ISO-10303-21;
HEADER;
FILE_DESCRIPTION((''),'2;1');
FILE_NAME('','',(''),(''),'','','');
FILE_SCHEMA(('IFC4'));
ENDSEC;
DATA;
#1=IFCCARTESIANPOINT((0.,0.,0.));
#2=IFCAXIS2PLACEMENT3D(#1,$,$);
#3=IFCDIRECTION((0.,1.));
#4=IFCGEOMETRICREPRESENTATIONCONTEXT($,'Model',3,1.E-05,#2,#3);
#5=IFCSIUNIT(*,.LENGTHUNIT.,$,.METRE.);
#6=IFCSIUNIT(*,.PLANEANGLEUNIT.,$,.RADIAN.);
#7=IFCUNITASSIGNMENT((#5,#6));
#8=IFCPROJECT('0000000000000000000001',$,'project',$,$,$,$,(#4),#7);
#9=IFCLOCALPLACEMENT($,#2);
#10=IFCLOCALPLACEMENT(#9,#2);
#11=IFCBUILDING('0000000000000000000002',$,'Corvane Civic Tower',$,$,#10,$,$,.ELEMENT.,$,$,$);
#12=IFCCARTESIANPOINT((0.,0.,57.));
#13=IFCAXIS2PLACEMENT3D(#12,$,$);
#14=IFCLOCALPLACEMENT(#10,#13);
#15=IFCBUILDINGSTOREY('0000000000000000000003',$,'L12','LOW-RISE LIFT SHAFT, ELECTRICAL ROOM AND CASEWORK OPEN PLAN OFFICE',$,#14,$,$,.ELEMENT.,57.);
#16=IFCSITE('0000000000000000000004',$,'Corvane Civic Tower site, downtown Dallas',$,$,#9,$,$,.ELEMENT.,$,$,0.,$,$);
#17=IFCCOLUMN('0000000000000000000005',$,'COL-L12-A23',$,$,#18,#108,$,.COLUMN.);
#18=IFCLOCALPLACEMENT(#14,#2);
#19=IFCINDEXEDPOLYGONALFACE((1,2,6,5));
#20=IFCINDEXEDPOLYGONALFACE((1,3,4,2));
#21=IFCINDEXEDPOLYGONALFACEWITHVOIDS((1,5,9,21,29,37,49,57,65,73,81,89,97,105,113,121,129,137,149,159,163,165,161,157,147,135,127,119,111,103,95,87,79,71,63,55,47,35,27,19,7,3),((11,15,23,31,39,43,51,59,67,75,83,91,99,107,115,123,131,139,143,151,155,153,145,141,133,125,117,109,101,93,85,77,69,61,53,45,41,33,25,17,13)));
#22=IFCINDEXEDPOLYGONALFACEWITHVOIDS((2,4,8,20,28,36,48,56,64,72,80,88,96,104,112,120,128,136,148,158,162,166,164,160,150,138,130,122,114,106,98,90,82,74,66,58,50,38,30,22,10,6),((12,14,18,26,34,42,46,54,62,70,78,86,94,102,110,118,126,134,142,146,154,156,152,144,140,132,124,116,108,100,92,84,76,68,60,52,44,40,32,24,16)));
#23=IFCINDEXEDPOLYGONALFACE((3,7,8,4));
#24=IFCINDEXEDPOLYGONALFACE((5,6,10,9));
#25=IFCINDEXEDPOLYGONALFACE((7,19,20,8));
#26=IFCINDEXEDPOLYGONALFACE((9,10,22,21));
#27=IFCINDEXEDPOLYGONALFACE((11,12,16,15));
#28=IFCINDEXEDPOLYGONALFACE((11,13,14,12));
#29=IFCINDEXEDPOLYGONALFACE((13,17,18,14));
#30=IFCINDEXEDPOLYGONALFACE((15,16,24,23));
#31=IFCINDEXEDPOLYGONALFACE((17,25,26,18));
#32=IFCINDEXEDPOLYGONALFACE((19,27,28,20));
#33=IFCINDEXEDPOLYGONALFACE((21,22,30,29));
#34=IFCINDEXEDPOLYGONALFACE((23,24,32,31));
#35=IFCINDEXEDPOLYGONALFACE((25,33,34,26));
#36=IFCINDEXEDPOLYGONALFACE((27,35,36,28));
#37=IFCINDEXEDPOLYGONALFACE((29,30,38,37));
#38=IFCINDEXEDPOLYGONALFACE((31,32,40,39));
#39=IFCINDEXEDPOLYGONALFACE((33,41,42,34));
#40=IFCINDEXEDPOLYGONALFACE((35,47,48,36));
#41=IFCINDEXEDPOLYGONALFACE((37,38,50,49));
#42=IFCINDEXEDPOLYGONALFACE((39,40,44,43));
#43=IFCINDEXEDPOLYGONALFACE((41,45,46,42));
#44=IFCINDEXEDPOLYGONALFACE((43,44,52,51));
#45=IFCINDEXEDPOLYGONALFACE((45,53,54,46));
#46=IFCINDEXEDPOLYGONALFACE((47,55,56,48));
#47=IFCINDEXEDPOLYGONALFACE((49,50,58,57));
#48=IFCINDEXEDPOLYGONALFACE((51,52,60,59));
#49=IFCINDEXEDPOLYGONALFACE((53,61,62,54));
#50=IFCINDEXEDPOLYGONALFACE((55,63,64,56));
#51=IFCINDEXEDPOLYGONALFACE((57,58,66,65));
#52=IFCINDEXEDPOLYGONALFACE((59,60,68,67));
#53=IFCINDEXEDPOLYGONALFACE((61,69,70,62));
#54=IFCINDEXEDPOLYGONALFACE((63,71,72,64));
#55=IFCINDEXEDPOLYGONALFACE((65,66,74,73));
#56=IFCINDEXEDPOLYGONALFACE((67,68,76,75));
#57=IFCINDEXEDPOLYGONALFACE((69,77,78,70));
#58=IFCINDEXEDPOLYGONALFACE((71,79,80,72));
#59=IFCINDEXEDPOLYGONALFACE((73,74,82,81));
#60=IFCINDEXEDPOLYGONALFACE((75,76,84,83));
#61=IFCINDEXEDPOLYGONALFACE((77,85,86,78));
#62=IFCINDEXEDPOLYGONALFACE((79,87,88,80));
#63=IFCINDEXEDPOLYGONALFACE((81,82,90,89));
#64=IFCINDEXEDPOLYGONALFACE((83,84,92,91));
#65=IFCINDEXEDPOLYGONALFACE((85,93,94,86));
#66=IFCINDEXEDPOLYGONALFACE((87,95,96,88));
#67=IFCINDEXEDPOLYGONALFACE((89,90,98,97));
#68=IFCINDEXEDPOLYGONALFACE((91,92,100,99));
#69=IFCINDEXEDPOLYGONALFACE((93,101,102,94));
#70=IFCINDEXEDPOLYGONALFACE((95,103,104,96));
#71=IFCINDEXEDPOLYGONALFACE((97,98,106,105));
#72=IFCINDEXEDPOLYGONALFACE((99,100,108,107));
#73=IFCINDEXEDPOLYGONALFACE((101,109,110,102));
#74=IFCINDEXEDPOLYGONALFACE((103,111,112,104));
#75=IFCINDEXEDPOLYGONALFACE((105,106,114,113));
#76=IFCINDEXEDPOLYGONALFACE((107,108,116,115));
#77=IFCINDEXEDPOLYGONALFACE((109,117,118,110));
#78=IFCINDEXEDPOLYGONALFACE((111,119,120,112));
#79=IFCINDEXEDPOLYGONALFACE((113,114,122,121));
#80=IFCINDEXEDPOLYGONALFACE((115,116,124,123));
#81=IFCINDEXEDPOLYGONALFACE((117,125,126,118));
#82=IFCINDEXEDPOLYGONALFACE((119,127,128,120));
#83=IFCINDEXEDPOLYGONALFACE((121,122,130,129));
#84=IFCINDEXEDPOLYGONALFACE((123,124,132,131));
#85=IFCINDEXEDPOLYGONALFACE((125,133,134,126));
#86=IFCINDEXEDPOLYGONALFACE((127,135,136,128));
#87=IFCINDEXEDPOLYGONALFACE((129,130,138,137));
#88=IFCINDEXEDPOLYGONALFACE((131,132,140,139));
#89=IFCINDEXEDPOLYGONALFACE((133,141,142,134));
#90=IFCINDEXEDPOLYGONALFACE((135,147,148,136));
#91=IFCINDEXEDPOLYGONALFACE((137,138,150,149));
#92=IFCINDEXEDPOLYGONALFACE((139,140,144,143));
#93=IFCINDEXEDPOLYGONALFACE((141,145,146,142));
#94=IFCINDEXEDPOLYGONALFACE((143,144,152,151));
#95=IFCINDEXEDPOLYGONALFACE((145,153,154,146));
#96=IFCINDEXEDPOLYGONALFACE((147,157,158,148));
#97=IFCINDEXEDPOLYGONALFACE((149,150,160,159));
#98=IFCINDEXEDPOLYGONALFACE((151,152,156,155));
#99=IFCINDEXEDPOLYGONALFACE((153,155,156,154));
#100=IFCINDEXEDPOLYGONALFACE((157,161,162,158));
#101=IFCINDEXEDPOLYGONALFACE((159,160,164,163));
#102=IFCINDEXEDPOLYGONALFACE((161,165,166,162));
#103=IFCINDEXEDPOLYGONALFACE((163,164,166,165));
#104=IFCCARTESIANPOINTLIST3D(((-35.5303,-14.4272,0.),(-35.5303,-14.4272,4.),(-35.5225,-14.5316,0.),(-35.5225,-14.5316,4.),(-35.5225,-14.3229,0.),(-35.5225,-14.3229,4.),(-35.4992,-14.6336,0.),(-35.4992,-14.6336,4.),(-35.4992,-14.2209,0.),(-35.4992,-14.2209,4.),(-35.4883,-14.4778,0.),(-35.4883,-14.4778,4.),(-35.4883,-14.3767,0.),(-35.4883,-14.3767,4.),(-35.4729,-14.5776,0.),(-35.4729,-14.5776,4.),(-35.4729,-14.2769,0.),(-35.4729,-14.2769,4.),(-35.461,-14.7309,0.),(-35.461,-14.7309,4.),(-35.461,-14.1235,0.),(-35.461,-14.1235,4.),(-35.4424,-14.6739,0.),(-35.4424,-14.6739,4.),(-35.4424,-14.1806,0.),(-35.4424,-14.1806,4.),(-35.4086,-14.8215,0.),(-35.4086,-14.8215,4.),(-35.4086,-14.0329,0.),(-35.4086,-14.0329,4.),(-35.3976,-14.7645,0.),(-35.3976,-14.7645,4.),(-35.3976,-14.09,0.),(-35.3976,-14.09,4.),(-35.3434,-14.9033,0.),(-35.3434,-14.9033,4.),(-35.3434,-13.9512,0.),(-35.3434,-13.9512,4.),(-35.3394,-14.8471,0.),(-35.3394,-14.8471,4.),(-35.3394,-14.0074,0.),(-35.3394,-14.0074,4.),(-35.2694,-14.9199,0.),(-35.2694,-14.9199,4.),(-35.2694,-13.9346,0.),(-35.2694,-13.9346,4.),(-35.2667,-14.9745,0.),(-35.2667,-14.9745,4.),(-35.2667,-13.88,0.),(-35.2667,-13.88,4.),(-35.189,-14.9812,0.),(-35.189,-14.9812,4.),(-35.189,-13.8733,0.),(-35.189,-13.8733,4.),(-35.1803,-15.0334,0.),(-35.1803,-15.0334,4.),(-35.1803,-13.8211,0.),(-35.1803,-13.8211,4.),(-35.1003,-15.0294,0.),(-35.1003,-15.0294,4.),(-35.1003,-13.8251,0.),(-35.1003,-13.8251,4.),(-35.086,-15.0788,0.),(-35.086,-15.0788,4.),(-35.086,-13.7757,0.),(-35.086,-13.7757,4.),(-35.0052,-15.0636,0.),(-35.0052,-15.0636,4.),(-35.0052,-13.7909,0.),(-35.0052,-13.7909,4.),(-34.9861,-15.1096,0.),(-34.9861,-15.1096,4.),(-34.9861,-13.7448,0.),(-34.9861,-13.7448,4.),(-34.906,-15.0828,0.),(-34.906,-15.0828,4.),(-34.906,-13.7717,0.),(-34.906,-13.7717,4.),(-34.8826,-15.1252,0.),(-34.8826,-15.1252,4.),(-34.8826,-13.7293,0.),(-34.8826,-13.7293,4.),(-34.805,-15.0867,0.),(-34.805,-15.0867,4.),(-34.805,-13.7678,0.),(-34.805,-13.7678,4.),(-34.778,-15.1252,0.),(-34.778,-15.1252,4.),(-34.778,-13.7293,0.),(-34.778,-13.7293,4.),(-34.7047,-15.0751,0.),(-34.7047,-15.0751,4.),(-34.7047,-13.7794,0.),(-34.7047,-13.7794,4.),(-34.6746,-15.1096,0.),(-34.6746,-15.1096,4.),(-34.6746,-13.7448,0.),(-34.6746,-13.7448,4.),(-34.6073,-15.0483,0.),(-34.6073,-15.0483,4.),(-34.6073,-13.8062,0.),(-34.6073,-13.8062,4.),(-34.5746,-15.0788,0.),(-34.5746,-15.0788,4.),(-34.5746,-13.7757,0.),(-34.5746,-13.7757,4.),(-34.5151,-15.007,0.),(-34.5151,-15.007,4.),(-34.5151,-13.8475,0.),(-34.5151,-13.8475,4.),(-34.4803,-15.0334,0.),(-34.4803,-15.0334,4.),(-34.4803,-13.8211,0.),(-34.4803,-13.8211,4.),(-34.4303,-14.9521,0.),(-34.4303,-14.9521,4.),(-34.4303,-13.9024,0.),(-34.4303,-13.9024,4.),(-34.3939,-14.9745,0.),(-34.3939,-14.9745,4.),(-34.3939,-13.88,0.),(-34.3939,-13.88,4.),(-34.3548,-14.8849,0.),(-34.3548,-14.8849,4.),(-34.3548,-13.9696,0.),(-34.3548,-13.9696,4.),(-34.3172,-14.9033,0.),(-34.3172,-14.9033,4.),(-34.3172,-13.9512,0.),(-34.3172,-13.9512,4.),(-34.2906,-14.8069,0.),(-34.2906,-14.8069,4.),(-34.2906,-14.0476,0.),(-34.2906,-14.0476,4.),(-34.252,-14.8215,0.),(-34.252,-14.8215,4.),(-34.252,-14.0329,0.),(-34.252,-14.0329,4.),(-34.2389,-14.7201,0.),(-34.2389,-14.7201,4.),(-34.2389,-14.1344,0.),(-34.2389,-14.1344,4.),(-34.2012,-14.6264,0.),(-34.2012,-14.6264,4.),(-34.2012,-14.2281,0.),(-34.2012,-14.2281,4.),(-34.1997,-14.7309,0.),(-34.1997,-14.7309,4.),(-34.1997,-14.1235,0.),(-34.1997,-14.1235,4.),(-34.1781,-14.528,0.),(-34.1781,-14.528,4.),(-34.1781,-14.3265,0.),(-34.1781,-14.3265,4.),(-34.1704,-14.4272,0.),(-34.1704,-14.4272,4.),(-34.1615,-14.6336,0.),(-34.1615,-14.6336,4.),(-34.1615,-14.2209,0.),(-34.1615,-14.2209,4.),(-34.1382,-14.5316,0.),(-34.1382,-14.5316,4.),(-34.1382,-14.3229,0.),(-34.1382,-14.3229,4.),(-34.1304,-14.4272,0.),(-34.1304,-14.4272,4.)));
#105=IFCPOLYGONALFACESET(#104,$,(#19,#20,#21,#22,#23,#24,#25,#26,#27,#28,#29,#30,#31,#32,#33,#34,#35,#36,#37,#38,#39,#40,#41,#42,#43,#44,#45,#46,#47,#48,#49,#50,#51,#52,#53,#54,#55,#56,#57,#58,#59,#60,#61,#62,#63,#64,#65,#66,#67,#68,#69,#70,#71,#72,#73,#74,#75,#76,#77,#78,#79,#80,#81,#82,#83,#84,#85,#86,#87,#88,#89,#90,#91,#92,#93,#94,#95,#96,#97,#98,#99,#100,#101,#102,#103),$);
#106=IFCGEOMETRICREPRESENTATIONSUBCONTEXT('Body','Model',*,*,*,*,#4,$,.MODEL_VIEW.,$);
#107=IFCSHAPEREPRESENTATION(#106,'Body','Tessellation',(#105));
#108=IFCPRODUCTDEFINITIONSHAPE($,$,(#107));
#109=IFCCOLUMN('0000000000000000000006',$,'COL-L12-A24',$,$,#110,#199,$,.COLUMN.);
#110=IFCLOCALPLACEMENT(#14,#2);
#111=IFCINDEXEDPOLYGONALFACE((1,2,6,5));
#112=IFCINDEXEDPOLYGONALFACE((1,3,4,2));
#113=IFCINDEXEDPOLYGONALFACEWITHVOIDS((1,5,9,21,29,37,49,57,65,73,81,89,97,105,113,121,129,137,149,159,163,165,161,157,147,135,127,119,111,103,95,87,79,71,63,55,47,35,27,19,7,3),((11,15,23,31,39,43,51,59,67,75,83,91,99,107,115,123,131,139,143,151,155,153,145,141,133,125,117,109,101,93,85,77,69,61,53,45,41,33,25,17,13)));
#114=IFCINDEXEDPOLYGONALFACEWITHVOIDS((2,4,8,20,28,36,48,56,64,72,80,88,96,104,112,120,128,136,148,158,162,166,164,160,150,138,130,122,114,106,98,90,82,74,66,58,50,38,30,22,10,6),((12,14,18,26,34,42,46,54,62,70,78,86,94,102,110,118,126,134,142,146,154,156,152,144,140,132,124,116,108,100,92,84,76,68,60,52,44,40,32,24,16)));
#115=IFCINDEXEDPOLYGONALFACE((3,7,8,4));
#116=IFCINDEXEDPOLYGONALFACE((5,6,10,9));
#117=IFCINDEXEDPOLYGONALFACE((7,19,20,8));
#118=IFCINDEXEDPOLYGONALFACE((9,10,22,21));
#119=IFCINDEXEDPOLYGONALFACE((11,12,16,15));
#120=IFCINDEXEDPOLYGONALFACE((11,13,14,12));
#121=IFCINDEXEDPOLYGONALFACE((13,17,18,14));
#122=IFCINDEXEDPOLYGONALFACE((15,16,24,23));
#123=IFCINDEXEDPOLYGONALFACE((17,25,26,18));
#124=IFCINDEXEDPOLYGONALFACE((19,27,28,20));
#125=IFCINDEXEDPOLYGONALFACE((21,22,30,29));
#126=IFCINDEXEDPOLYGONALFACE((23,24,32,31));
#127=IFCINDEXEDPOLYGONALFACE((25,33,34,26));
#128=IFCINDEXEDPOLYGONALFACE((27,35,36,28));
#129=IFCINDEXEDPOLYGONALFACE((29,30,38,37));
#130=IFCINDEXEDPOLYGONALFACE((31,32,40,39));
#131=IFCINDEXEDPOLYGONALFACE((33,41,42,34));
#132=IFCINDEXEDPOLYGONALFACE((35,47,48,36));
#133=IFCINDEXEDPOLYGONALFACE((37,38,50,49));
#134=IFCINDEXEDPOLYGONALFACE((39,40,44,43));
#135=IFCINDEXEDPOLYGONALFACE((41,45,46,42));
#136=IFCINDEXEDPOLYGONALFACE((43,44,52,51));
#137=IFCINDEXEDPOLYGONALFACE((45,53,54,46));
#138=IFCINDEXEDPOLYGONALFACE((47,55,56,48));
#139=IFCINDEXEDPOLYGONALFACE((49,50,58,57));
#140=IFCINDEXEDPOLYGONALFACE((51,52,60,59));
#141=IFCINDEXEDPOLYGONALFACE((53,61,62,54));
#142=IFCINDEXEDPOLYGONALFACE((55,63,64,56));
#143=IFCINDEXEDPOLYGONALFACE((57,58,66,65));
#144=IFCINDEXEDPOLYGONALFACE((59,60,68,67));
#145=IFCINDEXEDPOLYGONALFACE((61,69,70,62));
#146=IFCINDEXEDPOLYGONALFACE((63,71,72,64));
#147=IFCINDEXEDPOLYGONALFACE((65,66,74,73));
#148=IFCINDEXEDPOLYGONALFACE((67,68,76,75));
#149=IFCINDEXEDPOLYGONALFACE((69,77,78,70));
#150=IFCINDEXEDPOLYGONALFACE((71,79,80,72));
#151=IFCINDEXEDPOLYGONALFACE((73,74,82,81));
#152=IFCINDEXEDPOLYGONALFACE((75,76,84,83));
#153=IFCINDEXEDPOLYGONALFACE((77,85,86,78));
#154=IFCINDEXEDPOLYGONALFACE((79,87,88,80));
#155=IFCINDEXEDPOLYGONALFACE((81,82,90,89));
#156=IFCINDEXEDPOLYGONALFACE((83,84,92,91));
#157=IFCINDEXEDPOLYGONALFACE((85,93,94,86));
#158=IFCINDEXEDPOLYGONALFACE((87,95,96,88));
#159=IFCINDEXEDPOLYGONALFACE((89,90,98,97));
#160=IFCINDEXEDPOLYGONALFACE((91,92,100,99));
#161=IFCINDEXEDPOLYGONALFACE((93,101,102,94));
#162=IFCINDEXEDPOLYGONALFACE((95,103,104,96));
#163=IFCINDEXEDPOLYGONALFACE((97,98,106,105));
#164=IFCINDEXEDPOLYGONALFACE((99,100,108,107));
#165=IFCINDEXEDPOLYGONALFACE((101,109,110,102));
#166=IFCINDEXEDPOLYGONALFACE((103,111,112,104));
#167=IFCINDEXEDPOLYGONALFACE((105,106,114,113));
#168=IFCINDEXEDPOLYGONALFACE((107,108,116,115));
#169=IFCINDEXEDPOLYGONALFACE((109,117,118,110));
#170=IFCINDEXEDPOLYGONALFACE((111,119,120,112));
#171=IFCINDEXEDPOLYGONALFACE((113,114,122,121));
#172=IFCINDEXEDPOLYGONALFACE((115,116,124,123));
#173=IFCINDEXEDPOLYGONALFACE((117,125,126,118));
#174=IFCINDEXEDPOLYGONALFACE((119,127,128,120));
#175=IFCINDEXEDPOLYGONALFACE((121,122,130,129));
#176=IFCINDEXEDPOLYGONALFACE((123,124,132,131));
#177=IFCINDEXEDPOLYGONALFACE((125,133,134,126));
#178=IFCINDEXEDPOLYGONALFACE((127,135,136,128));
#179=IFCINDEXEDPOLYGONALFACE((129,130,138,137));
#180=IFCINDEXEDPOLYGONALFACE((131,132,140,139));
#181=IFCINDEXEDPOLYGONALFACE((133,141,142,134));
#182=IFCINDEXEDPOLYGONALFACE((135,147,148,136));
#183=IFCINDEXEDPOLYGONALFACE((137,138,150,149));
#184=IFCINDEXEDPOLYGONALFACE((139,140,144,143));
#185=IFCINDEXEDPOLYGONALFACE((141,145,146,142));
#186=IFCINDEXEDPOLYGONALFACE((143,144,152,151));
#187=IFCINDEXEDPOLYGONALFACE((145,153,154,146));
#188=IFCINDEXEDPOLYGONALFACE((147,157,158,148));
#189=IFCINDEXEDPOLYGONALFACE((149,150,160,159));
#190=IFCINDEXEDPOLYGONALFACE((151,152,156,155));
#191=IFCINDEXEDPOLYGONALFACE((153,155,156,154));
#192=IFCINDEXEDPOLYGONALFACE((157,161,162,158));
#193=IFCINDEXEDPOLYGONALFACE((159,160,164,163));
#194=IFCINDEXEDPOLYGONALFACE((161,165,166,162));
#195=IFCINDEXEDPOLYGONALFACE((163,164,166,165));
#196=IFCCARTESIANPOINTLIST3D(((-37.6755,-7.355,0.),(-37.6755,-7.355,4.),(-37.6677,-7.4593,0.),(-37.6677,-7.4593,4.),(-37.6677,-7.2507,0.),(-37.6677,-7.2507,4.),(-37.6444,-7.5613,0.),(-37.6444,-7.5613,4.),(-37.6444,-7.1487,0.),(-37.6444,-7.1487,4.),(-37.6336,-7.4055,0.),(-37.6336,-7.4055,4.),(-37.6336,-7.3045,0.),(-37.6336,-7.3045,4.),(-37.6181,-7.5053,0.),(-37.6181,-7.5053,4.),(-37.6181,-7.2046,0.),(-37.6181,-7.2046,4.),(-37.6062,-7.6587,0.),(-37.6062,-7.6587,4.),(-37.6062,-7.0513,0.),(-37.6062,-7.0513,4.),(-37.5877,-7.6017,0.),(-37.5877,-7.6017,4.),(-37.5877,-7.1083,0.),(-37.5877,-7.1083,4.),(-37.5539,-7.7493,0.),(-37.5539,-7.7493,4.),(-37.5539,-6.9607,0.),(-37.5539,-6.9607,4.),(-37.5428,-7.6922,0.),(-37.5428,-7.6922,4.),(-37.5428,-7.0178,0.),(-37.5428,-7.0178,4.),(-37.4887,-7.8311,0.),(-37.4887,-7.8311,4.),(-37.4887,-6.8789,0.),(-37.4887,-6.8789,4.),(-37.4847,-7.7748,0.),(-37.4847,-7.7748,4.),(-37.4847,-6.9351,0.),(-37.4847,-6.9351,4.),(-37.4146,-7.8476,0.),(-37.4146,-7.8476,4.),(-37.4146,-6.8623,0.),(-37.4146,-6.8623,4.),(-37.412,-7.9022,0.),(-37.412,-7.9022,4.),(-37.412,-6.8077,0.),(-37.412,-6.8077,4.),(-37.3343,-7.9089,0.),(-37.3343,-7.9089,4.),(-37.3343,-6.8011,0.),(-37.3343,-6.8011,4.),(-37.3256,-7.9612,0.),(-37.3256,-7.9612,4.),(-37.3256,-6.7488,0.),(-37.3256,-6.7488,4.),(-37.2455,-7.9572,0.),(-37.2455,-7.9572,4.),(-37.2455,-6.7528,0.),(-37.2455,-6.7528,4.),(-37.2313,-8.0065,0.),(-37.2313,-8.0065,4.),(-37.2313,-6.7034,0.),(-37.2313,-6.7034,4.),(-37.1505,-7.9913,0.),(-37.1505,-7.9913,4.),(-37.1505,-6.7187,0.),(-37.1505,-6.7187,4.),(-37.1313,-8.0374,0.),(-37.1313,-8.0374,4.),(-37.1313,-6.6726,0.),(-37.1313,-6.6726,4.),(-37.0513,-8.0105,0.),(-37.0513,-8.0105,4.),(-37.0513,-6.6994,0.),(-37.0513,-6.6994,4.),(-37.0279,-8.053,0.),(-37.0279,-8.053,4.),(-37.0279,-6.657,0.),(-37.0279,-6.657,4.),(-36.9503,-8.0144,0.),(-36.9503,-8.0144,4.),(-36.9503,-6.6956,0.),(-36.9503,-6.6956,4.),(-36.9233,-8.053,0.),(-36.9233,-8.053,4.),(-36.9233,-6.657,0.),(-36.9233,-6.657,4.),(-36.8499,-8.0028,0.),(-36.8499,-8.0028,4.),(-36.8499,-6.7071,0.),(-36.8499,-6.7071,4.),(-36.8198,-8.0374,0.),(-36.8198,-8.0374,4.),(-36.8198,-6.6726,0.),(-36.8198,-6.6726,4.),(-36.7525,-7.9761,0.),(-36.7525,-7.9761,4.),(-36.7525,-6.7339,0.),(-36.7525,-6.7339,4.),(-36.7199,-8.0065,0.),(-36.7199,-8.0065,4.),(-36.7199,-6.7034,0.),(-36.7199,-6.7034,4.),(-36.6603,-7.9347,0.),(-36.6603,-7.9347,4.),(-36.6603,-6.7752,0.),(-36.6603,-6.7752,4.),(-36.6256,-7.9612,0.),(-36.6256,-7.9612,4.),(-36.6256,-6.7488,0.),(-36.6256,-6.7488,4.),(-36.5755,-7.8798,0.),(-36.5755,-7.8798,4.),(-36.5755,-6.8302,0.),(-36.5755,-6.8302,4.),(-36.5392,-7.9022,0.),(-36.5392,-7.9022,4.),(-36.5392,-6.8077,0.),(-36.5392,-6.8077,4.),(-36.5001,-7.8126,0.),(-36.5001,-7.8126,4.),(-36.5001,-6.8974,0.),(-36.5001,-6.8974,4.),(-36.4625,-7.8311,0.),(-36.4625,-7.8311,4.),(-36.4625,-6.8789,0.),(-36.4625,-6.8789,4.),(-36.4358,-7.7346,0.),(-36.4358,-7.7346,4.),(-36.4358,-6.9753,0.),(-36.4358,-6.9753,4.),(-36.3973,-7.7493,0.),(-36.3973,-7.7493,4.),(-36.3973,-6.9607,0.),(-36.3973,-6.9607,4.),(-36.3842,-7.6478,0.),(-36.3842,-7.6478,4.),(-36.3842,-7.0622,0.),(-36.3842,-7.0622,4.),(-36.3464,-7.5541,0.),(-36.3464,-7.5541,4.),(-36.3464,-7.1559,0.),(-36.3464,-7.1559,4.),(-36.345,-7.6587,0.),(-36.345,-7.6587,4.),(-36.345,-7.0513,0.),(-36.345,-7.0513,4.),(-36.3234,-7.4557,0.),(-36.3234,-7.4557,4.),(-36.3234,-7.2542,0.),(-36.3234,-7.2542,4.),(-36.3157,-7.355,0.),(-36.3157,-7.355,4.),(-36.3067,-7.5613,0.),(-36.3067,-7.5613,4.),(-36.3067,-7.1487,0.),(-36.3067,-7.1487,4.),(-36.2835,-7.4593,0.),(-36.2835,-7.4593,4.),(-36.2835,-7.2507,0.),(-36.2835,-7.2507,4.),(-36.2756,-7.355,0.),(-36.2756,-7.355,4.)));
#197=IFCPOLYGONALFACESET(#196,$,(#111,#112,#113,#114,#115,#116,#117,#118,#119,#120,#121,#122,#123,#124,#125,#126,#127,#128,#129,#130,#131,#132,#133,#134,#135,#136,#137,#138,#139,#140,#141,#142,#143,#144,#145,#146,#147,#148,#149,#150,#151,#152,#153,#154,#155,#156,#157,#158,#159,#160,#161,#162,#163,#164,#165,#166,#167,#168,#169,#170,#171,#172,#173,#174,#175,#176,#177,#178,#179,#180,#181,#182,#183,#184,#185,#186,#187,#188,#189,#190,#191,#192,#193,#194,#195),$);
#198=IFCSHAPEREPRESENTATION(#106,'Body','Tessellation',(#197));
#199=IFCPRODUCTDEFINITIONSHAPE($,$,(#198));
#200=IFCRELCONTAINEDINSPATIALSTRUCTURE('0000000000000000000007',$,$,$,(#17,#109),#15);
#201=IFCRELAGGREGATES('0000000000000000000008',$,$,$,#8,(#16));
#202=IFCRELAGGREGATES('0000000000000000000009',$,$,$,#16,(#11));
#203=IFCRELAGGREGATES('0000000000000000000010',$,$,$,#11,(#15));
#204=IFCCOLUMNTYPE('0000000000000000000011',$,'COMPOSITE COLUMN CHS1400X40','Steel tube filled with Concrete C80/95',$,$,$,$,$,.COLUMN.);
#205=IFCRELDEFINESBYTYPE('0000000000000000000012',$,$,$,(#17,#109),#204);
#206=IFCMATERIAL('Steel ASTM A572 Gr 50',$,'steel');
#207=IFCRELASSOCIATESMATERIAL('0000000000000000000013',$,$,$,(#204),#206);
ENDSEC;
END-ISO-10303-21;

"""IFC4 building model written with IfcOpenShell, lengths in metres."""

from ifc_helpers import new_model, si_unit, direction, frame, origin, origin_2d, place, context, subcontext, project, spatial, hollow_circle, extrude, material, material_profile, profile_set, type_object, element, save


model = new_model("IFC4")

# Units and contexts
model_context = context("Model", 3, precision=1e-05, world=origin(), true_north=direction((0.0, 1.0)))
body_context = subcontext(model_context, "Body", "Model", "MODEL_VIEW")
ifc_project = project(units=[si_unit("LENGTHUNIT", "METRE"), si_unit("PLANEANGLEUNIT", "RADIAN")], contexts=[model_context])

# Site, building, storey
site_placement = place(None, origin())
site = spatial("IfcSite", under=ifc_project, at=site_placement, Name="Corvane Civic Tower site, downtown Dallas", CompositionType="ELEMENT", RefElevation=0.0)
building_placement = place(site_placement, origin())
building = spatial("IfcBuilding", under=site, at=building_placement, Name="Corvane Civic Tower", CompositionType="ELEMENT")
storey_placement = place(building_placement, frame((0.0, 0.0, 57.0)))
storey = spatial("IfcBuildingStorey", under=building, at=storey_placement, Name="L12", Description="LOW-RISE LIFT SHAFT, ELECTRICAL ROOM AND CASEWORK OPEN PLAN OFFICE", CompositionType="ELEMENT", Elevation=57.0)

# Columns
ifc_material_1 = material(Name="Steel ASTM A572 Gr 50", Category="steel")
ifc_material_profile_1 = material_profile(ifc_material_1, hollow_circle(Radius=0.7, WallThickness=0.04, at=origin_2d()), Name="CHS1400X40")
ifc_profile_set_1 = profile_set([ifc_material_profile_1], Name="Steel ASTM A572 Gr 50")
column_type = type_object("IfcColumnType", Name="COMPOSITE COLUMN CHS1400X40", Description="Steel tube filled with Concrete C80/95", PredefinedType="COLUMN", material=ifc_profile_set_1)
for number, where, z_axis, x_axis, name in (
    (1, (-34.8303, -14.4272, 0.0), (0.0, 0.0, 1.0), (1.0, 0.0, 0.0), "COL-L12-A23"),
    (2, (-36.9756, -7.355, 0.0), (0.0, 0.0, 1.0), (1.0, 0.0, 0.0), "COL-L12-A24"),
):
    element("IfcColumn", number, at=place(storey_placement, frame(where, z_axis=z_axis, x_axis=x_axis)), inside=storey, type_object=column_type, Name=name, PredefinedType="COLUMN", context=body_context, shape_type="SweptSolid", body=[
        extrude(hollow_circle(Radius=0.7, WallThickness=0.04, at=origin_2d()), origin(), (0.0, 0.0, 1.0), 4.0),
    ])

save(model, "model.ifc")
